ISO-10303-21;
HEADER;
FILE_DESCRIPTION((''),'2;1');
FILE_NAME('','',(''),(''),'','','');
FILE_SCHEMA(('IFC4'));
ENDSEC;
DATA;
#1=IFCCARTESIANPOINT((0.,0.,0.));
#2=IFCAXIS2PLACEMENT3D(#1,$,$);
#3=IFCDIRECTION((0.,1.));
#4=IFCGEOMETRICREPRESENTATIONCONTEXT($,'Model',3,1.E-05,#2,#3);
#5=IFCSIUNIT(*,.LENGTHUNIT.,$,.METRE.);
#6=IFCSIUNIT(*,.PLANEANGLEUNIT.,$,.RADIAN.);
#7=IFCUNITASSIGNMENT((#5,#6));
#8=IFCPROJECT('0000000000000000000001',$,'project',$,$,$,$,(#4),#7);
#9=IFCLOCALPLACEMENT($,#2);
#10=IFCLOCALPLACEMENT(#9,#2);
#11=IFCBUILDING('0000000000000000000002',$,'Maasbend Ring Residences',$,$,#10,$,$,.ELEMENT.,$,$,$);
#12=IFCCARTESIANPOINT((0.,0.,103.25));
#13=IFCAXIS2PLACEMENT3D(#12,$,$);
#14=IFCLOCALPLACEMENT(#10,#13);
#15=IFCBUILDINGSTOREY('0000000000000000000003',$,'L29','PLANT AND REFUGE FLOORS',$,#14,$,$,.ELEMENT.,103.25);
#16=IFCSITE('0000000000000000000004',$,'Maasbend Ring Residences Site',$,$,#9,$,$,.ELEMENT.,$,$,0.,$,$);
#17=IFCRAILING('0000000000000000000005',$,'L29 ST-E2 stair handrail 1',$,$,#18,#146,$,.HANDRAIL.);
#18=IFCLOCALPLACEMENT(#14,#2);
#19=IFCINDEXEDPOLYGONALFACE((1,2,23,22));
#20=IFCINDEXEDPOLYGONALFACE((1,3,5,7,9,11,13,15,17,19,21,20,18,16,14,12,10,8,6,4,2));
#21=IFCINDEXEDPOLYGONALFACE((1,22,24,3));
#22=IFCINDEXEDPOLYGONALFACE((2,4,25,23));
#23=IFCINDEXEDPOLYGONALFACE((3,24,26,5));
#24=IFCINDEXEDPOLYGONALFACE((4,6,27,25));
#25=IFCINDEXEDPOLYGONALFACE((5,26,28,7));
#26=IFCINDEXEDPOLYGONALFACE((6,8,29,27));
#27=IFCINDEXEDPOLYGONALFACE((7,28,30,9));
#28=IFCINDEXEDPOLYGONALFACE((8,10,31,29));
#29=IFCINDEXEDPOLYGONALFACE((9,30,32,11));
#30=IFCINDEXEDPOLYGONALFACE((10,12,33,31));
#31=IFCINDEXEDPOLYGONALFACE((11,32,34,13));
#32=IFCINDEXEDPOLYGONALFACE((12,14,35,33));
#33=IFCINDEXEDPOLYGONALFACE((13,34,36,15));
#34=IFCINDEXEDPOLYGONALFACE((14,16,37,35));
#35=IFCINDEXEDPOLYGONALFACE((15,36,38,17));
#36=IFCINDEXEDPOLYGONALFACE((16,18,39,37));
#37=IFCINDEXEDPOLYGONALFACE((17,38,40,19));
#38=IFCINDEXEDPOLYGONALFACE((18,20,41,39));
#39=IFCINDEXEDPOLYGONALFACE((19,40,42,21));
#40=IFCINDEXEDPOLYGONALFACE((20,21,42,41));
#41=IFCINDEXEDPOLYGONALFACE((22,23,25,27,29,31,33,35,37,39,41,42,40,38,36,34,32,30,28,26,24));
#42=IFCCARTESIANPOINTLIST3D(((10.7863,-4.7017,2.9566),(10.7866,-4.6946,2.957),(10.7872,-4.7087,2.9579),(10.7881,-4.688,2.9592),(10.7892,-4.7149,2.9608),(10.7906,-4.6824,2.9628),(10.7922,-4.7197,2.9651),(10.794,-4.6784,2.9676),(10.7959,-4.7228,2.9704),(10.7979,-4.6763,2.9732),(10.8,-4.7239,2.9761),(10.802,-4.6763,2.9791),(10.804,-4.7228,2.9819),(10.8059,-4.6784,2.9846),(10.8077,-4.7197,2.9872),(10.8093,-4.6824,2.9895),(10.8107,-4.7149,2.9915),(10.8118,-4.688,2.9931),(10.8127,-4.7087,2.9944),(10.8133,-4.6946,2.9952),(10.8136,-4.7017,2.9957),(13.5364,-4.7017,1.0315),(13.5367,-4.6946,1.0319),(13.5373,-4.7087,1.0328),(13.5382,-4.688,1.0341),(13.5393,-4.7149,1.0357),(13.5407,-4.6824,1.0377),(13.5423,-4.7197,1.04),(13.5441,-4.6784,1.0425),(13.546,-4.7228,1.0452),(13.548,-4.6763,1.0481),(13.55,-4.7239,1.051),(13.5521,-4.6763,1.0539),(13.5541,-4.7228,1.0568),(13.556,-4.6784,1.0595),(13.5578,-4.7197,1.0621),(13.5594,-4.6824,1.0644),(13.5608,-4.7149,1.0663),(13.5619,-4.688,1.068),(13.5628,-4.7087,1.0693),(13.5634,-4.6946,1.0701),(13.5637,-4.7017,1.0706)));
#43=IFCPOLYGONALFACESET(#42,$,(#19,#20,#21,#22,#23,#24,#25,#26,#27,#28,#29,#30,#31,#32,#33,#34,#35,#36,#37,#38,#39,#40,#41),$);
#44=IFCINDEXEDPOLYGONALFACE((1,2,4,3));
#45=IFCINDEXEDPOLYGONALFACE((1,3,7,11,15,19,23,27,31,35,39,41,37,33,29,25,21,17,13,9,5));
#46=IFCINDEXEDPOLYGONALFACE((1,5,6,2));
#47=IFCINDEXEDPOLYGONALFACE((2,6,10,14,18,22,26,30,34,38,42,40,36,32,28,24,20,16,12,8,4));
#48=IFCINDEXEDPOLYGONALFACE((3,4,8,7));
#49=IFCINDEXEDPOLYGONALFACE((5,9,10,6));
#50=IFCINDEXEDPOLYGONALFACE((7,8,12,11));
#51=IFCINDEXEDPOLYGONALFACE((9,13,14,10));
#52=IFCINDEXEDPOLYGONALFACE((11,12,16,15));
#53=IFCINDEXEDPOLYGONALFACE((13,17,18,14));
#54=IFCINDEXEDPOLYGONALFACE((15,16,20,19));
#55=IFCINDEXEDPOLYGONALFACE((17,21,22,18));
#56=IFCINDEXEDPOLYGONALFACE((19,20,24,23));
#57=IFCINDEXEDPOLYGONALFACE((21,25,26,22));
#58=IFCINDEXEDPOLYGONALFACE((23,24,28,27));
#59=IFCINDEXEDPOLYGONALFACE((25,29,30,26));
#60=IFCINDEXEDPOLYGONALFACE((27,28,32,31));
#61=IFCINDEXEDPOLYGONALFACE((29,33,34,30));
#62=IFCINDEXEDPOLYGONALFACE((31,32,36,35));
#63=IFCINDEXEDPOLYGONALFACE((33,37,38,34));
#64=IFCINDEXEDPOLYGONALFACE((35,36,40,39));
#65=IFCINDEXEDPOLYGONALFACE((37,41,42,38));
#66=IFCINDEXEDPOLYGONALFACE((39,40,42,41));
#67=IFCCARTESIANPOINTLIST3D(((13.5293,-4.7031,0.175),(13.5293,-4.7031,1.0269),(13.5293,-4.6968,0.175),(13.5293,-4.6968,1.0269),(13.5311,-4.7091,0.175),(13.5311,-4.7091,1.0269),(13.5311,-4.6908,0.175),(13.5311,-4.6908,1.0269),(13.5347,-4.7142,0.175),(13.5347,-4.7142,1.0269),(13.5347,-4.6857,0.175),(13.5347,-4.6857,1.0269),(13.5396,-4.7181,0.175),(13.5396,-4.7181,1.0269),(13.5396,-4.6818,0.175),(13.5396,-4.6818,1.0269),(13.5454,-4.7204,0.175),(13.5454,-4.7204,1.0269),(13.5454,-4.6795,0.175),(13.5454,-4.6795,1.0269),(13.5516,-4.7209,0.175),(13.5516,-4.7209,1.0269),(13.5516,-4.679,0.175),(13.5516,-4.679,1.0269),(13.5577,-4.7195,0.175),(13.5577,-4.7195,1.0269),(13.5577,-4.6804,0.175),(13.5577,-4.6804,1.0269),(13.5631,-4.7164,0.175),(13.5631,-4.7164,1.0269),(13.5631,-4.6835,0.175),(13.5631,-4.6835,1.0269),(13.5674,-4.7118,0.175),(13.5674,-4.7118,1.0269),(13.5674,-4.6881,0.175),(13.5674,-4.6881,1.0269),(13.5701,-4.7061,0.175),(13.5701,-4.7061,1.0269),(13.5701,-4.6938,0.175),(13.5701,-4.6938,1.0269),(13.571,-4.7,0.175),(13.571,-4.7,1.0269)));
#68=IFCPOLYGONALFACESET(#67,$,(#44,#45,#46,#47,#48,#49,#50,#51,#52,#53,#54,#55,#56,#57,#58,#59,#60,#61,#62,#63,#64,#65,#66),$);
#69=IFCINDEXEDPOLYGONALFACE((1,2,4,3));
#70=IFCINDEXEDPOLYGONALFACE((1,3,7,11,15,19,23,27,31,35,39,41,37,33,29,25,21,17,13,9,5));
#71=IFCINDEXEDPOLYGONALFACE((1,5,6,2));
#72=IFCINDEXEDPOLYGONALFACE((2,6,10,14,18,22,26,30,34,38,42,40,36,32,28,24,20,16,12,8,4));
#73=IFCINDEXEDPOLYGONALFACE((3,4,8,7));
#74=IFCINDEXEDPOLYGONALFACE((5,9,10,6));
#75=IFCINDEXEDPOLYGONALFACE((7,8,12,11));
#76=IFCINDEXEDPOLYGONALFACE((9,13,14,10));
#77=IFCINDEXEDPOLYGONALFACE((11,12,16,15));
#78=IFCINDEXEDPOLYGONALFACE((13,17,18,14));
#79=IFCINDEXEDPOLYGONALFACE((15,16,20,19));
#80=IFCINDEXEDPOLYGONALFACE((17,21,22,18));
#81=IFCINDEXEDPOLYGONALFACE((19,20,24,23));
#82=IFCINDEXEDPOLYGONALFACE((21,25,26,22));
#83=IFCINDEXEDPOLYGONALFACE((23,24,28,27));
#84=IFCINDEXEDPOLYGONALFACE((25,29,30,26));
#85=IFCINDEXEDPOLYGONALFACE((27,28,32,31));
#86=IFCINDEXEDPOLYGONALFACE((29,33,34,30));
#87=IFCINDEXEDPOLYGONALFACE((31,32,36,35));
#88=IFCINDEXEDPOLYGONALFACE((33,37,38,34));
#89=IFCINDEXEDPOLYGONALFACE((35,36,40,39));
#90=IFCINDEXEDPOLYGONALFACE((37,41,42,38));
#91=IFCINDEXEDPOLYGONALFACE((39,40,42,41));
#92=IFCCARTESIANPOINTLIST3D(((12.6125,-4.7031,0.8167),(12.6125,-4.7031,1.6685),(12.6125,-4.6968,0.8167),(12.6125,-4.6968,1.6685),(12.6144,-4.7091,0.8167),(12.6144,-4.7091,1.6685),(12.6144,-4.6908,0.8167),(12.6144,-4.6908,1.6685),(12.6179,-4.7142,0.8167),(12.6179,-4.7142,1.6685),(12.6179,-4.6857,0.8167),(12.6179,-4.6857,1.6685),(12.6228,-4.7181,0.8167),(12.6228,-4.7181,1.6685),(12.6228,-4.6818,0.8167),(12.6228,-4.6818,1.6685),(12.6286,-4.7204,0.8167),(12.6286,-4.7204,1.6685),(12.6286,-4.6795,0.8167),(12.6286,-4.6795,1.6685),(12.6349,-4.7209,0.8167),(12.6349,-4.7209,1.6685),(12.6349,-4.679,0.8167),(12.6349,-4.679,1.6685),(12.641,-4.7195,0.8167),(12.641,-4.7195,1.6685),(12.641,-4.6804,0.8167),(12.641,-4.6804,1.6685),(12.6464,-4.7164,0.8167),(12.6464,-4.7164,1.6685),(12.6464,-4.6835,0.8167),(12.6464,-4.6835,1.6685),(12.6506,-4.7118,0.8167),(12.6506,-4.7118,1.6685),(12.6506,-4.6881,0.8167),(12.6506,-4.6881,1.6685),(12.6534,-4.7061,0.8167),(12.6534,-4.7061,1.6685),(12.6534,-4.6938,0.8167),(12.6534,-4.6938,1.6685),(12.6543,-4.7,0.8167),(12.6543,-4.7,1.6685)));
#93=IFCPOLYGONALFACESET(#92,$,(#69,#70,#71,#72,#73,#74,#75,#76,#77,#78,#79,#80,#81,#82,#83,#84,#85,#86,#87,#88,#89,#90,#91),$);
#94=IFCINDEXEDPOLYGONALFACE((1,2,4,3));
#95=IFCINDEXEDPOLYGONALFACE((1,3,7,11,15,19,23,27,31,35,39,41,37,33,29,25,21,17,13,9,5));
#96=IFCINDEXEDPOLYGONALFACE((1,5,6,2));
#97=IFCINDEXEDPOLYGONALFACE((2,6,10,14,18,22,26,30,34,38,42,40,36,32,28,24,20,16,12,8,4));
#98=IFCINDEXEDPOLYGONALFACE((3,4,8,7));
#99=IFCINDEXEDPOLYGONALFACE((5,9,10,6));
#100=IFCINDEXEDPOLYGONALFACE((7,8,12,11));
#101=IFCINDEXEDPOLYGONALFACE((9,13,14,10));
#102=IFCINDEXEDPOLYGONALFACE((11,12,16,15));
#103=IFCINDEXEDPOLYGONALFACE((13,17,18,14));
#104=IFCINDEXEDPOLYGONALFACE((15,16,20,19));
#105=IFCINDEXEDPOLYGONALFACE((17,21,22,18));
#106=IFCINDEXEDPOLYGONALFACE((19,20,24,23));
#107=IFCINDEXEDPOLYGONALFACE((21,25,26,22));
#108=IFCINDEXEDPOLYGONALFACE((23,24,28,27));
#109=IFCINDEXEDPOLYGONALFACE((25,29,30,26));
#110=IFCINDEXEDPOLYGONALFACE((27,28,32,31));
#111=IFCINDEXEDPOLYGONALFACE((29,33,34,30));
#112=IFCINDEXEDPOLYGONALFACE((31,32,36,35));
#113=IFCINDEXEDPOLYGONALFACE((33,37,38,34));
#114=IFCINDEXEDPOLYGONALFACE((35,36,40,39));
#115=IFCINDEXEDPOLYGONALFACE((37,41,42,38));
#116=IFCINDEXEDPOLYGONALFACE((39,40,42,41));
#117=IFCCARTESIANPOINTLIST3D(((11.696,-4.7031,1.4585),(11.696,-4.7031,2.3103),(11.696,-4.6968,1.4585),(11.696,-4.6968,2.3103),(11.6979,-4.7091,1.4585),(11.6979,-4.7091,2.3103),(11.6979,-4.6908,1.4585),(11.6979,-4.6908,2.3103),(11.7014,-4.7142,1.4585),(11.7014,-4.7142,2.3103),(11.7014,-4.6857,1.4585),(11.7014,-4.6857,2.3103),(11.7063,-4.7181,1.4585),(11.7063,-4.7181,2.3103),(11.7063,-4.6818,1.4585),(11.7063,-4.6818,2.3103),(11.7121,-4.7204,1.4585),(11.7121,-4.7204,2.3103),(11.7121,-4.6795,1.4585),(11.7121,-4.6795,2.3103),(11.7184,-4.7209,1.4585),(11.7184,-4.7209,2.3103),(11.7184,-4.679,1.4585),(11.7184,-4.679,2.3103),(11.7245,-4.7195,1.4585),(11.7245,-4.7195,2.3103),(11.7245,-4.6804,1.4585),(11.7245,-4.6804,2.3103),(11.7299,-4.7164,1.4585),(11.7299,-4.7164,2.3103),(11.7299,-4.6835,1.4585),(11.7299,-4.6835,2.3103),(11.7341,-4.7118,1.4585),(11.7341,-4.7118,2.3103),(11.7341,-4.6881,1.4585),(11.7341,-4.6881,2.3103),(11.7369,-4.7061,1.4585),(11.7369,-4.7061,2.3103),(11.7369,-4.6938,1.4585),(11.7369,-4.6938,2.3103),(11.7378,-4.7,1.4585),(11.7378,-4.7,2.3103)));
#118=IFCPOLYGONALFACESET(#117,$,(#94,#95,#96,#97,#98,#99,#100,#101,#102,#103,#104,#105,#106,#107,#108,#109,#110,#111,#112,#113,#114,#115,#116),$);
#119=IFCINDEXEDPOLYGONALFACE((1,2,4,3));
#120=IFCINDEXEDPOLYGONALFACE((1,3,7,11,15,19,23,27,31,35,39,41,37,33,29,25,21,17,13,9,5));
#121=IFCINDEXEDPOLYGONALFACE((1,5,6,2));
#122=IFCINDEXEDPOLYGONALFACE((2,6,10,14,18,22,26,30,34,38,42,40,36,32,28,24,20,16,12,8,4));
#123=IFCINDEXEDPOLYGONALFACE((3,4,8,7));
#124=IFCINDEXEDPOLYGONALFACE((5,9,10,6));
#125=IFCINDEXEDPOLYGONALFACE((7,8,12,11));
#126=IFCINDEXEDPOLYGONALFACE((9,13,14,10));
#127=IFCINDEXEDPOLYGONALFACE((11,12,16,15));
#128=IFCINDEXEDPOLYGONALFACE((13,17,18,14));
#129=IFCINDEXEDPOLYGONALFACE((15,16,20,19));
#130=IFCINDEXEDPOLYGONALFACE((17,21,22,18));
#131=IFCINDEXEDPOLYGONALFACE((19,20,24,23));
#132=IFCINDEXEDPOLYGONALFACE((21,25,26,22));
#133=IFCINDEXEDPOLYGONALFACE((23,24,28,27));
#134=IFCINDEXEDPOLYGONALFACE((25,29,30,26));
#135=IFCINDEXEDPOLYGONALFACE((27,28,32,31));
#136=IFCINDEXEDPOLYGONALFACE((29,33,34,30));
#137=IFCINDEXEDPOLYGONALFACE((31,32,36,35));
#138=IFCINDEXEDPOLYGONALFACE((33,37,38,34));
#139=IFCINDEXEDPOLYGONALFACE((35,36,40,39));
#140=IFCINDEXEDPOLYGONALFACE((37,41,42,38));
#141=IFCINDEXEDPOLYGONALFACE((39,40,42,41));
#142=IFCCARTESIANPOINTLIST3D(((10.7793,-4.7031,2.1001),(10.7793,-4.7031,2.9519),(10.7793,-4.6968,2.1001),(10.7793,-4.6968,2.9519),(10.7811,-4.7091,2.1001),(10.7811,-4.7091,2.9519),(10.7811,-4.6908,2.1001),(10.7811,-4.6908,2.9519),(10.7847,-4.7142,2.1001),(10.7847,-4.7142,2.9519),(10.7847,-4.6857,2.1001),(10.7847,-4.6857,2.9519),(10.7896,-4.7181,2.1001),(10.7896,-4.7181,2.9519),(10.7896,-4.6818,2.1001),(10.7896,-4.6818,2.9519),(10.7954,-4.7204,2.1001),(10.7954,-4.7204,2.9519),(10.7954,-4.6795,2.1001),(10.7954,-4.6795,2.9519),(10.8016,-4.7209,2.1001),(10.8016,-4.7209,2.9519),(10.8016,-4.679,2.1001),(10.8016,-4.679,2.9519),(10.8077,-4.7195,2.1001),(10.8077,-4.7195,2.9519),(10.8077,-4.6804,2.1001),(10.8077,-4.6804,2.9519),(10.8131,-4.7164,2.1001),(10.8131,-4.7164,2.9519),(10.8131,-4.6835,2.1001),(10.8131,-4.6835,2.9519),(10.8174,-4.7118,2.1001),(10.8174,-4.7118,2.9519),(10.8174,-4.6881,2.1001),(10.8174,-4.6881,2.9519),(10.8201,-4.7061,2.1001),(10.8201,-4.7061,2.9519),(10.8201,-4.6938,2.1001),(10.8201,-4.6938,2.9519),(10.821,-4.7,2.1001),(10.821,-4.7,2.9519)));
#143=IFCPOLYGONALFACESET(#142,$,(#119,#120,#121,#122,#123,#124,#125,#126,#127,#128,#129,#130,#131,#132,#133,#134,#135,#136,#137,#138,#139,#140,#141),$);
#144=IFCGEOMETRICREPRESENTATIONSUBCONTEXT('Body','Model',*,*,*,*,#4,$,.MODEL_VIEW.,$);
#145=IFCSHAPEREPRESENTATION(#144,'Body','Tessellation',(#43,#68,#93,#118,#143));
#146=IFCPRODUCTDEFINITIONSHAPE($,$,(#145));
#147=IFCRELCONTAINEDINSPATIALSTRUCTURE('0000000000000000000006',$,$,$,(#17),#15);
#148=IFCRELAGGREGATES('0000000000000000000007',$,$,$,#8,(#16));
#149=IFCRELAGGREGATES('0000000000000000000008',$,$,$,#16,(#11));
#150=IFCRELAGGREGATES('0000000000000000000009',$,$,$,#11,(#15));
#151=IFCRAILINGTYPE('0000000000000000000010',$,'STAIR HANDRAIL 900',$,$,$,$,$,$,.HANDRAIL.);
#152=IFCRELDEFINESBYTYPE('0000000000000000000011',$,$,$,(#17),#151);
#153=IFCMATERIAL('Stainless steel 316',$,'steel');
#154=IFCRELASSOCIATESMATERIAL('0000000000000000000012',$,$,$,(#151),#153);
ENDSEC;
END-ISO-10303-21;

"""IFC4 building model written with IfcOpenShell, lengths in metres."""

from ifc_helpers import new_model, si_unit, direction, frame, origin, origin_2d, place, context, subcontext, project, spatial, circle, extrude, material, type_object, element, save


model = new_model("IFC4")

# Units and contexts
model_context = context("Model", 3, precision=1e-05, world=origin(), true_north=direction((0.0, 1.0)))
body_context = subcontext(model_context, "Body", "Model", "MODEL_VIEW")
ifc_project = project(units=[si_unit("LENGTHUNIT", "METRE"), si_unit("PLANEANGLEUNIT", "RADIAN")], contexts=[model_context])

# Site, building, storey
site_placement = place(None, origin())
site = spatial("IfcSite", under=ifc_project, at=site_placement, Name="Maasbend Ring Residences Site", CompositionType="ELEMENT", RefElevation=0.0)
building_placement = place(site_placement, origin())
building = spatial("IfcBuilding", under=site, at=building_placement, Name="Maasbend Ring Residences", CompositionType="ELEMENT")
storey_placement = place(building_placement, frame((0.0, 0.0, 103.25)))
storey = spatial("IfcBuildingStorey", under=building, at=storey_placement, Name="L29", Description="PLANT AND REFUGE FLOORS", CompositionType="ELEMENT", Elevation=103.25)

# Railing
ifc_material_1 = material(Name="Stainless steel 316", Category="steel")
railing_type_1 = type_object("IfcRailingType", Name="STAIR HANDRAIL 900", PredefinedType="HANDRAIL", material=ifc_material_1)
railing_1_placement = place(storey_placement, frame((13.55, -4.7, 0.175)))
element("IfcRailing", 1, at=railing_1_placement, inside=storey, type_object=railing_type_1, Name="L29 ST-E2 stair handrail 1", PredefinedType="HANDRAIL", context=body_context, shape_type="SweptSolid", body=[
    extrude(circle(Radius=0.0239, at=origin_2d()), frame((0.0, 0.0, 0.876), z_axis=(-0.819225, 0.0, 0.573472), x_axis=(0.0, -1.0, 0.0)), (0.0, 0.0, 1.0), 3.3569),
    extrude(circle(Radius=0.021, at=origin_2d()), origin(), (0.0, 0.0, 1.0), 0.8518),
    extrude(circle(Radius=0.021, at=origin_2d()), frame((-0.9167, 0.0, 0.6416)), (0.0, 0.0, 1.0), 0.8518),
    extrude(circle(Radius=0.021, at=origin_2d()), frame((-1.8333, 0.0, 1.2834)), (0.0, 0.0, 1.0), 0.8518),
    extrude(circle(Radius=0.021, at=origin_2d()), frame((-2.75, 0.0, 1.925)), (0.0, 0.0, 1.0), 0.8518),
])

save(model, "model.ifc")
